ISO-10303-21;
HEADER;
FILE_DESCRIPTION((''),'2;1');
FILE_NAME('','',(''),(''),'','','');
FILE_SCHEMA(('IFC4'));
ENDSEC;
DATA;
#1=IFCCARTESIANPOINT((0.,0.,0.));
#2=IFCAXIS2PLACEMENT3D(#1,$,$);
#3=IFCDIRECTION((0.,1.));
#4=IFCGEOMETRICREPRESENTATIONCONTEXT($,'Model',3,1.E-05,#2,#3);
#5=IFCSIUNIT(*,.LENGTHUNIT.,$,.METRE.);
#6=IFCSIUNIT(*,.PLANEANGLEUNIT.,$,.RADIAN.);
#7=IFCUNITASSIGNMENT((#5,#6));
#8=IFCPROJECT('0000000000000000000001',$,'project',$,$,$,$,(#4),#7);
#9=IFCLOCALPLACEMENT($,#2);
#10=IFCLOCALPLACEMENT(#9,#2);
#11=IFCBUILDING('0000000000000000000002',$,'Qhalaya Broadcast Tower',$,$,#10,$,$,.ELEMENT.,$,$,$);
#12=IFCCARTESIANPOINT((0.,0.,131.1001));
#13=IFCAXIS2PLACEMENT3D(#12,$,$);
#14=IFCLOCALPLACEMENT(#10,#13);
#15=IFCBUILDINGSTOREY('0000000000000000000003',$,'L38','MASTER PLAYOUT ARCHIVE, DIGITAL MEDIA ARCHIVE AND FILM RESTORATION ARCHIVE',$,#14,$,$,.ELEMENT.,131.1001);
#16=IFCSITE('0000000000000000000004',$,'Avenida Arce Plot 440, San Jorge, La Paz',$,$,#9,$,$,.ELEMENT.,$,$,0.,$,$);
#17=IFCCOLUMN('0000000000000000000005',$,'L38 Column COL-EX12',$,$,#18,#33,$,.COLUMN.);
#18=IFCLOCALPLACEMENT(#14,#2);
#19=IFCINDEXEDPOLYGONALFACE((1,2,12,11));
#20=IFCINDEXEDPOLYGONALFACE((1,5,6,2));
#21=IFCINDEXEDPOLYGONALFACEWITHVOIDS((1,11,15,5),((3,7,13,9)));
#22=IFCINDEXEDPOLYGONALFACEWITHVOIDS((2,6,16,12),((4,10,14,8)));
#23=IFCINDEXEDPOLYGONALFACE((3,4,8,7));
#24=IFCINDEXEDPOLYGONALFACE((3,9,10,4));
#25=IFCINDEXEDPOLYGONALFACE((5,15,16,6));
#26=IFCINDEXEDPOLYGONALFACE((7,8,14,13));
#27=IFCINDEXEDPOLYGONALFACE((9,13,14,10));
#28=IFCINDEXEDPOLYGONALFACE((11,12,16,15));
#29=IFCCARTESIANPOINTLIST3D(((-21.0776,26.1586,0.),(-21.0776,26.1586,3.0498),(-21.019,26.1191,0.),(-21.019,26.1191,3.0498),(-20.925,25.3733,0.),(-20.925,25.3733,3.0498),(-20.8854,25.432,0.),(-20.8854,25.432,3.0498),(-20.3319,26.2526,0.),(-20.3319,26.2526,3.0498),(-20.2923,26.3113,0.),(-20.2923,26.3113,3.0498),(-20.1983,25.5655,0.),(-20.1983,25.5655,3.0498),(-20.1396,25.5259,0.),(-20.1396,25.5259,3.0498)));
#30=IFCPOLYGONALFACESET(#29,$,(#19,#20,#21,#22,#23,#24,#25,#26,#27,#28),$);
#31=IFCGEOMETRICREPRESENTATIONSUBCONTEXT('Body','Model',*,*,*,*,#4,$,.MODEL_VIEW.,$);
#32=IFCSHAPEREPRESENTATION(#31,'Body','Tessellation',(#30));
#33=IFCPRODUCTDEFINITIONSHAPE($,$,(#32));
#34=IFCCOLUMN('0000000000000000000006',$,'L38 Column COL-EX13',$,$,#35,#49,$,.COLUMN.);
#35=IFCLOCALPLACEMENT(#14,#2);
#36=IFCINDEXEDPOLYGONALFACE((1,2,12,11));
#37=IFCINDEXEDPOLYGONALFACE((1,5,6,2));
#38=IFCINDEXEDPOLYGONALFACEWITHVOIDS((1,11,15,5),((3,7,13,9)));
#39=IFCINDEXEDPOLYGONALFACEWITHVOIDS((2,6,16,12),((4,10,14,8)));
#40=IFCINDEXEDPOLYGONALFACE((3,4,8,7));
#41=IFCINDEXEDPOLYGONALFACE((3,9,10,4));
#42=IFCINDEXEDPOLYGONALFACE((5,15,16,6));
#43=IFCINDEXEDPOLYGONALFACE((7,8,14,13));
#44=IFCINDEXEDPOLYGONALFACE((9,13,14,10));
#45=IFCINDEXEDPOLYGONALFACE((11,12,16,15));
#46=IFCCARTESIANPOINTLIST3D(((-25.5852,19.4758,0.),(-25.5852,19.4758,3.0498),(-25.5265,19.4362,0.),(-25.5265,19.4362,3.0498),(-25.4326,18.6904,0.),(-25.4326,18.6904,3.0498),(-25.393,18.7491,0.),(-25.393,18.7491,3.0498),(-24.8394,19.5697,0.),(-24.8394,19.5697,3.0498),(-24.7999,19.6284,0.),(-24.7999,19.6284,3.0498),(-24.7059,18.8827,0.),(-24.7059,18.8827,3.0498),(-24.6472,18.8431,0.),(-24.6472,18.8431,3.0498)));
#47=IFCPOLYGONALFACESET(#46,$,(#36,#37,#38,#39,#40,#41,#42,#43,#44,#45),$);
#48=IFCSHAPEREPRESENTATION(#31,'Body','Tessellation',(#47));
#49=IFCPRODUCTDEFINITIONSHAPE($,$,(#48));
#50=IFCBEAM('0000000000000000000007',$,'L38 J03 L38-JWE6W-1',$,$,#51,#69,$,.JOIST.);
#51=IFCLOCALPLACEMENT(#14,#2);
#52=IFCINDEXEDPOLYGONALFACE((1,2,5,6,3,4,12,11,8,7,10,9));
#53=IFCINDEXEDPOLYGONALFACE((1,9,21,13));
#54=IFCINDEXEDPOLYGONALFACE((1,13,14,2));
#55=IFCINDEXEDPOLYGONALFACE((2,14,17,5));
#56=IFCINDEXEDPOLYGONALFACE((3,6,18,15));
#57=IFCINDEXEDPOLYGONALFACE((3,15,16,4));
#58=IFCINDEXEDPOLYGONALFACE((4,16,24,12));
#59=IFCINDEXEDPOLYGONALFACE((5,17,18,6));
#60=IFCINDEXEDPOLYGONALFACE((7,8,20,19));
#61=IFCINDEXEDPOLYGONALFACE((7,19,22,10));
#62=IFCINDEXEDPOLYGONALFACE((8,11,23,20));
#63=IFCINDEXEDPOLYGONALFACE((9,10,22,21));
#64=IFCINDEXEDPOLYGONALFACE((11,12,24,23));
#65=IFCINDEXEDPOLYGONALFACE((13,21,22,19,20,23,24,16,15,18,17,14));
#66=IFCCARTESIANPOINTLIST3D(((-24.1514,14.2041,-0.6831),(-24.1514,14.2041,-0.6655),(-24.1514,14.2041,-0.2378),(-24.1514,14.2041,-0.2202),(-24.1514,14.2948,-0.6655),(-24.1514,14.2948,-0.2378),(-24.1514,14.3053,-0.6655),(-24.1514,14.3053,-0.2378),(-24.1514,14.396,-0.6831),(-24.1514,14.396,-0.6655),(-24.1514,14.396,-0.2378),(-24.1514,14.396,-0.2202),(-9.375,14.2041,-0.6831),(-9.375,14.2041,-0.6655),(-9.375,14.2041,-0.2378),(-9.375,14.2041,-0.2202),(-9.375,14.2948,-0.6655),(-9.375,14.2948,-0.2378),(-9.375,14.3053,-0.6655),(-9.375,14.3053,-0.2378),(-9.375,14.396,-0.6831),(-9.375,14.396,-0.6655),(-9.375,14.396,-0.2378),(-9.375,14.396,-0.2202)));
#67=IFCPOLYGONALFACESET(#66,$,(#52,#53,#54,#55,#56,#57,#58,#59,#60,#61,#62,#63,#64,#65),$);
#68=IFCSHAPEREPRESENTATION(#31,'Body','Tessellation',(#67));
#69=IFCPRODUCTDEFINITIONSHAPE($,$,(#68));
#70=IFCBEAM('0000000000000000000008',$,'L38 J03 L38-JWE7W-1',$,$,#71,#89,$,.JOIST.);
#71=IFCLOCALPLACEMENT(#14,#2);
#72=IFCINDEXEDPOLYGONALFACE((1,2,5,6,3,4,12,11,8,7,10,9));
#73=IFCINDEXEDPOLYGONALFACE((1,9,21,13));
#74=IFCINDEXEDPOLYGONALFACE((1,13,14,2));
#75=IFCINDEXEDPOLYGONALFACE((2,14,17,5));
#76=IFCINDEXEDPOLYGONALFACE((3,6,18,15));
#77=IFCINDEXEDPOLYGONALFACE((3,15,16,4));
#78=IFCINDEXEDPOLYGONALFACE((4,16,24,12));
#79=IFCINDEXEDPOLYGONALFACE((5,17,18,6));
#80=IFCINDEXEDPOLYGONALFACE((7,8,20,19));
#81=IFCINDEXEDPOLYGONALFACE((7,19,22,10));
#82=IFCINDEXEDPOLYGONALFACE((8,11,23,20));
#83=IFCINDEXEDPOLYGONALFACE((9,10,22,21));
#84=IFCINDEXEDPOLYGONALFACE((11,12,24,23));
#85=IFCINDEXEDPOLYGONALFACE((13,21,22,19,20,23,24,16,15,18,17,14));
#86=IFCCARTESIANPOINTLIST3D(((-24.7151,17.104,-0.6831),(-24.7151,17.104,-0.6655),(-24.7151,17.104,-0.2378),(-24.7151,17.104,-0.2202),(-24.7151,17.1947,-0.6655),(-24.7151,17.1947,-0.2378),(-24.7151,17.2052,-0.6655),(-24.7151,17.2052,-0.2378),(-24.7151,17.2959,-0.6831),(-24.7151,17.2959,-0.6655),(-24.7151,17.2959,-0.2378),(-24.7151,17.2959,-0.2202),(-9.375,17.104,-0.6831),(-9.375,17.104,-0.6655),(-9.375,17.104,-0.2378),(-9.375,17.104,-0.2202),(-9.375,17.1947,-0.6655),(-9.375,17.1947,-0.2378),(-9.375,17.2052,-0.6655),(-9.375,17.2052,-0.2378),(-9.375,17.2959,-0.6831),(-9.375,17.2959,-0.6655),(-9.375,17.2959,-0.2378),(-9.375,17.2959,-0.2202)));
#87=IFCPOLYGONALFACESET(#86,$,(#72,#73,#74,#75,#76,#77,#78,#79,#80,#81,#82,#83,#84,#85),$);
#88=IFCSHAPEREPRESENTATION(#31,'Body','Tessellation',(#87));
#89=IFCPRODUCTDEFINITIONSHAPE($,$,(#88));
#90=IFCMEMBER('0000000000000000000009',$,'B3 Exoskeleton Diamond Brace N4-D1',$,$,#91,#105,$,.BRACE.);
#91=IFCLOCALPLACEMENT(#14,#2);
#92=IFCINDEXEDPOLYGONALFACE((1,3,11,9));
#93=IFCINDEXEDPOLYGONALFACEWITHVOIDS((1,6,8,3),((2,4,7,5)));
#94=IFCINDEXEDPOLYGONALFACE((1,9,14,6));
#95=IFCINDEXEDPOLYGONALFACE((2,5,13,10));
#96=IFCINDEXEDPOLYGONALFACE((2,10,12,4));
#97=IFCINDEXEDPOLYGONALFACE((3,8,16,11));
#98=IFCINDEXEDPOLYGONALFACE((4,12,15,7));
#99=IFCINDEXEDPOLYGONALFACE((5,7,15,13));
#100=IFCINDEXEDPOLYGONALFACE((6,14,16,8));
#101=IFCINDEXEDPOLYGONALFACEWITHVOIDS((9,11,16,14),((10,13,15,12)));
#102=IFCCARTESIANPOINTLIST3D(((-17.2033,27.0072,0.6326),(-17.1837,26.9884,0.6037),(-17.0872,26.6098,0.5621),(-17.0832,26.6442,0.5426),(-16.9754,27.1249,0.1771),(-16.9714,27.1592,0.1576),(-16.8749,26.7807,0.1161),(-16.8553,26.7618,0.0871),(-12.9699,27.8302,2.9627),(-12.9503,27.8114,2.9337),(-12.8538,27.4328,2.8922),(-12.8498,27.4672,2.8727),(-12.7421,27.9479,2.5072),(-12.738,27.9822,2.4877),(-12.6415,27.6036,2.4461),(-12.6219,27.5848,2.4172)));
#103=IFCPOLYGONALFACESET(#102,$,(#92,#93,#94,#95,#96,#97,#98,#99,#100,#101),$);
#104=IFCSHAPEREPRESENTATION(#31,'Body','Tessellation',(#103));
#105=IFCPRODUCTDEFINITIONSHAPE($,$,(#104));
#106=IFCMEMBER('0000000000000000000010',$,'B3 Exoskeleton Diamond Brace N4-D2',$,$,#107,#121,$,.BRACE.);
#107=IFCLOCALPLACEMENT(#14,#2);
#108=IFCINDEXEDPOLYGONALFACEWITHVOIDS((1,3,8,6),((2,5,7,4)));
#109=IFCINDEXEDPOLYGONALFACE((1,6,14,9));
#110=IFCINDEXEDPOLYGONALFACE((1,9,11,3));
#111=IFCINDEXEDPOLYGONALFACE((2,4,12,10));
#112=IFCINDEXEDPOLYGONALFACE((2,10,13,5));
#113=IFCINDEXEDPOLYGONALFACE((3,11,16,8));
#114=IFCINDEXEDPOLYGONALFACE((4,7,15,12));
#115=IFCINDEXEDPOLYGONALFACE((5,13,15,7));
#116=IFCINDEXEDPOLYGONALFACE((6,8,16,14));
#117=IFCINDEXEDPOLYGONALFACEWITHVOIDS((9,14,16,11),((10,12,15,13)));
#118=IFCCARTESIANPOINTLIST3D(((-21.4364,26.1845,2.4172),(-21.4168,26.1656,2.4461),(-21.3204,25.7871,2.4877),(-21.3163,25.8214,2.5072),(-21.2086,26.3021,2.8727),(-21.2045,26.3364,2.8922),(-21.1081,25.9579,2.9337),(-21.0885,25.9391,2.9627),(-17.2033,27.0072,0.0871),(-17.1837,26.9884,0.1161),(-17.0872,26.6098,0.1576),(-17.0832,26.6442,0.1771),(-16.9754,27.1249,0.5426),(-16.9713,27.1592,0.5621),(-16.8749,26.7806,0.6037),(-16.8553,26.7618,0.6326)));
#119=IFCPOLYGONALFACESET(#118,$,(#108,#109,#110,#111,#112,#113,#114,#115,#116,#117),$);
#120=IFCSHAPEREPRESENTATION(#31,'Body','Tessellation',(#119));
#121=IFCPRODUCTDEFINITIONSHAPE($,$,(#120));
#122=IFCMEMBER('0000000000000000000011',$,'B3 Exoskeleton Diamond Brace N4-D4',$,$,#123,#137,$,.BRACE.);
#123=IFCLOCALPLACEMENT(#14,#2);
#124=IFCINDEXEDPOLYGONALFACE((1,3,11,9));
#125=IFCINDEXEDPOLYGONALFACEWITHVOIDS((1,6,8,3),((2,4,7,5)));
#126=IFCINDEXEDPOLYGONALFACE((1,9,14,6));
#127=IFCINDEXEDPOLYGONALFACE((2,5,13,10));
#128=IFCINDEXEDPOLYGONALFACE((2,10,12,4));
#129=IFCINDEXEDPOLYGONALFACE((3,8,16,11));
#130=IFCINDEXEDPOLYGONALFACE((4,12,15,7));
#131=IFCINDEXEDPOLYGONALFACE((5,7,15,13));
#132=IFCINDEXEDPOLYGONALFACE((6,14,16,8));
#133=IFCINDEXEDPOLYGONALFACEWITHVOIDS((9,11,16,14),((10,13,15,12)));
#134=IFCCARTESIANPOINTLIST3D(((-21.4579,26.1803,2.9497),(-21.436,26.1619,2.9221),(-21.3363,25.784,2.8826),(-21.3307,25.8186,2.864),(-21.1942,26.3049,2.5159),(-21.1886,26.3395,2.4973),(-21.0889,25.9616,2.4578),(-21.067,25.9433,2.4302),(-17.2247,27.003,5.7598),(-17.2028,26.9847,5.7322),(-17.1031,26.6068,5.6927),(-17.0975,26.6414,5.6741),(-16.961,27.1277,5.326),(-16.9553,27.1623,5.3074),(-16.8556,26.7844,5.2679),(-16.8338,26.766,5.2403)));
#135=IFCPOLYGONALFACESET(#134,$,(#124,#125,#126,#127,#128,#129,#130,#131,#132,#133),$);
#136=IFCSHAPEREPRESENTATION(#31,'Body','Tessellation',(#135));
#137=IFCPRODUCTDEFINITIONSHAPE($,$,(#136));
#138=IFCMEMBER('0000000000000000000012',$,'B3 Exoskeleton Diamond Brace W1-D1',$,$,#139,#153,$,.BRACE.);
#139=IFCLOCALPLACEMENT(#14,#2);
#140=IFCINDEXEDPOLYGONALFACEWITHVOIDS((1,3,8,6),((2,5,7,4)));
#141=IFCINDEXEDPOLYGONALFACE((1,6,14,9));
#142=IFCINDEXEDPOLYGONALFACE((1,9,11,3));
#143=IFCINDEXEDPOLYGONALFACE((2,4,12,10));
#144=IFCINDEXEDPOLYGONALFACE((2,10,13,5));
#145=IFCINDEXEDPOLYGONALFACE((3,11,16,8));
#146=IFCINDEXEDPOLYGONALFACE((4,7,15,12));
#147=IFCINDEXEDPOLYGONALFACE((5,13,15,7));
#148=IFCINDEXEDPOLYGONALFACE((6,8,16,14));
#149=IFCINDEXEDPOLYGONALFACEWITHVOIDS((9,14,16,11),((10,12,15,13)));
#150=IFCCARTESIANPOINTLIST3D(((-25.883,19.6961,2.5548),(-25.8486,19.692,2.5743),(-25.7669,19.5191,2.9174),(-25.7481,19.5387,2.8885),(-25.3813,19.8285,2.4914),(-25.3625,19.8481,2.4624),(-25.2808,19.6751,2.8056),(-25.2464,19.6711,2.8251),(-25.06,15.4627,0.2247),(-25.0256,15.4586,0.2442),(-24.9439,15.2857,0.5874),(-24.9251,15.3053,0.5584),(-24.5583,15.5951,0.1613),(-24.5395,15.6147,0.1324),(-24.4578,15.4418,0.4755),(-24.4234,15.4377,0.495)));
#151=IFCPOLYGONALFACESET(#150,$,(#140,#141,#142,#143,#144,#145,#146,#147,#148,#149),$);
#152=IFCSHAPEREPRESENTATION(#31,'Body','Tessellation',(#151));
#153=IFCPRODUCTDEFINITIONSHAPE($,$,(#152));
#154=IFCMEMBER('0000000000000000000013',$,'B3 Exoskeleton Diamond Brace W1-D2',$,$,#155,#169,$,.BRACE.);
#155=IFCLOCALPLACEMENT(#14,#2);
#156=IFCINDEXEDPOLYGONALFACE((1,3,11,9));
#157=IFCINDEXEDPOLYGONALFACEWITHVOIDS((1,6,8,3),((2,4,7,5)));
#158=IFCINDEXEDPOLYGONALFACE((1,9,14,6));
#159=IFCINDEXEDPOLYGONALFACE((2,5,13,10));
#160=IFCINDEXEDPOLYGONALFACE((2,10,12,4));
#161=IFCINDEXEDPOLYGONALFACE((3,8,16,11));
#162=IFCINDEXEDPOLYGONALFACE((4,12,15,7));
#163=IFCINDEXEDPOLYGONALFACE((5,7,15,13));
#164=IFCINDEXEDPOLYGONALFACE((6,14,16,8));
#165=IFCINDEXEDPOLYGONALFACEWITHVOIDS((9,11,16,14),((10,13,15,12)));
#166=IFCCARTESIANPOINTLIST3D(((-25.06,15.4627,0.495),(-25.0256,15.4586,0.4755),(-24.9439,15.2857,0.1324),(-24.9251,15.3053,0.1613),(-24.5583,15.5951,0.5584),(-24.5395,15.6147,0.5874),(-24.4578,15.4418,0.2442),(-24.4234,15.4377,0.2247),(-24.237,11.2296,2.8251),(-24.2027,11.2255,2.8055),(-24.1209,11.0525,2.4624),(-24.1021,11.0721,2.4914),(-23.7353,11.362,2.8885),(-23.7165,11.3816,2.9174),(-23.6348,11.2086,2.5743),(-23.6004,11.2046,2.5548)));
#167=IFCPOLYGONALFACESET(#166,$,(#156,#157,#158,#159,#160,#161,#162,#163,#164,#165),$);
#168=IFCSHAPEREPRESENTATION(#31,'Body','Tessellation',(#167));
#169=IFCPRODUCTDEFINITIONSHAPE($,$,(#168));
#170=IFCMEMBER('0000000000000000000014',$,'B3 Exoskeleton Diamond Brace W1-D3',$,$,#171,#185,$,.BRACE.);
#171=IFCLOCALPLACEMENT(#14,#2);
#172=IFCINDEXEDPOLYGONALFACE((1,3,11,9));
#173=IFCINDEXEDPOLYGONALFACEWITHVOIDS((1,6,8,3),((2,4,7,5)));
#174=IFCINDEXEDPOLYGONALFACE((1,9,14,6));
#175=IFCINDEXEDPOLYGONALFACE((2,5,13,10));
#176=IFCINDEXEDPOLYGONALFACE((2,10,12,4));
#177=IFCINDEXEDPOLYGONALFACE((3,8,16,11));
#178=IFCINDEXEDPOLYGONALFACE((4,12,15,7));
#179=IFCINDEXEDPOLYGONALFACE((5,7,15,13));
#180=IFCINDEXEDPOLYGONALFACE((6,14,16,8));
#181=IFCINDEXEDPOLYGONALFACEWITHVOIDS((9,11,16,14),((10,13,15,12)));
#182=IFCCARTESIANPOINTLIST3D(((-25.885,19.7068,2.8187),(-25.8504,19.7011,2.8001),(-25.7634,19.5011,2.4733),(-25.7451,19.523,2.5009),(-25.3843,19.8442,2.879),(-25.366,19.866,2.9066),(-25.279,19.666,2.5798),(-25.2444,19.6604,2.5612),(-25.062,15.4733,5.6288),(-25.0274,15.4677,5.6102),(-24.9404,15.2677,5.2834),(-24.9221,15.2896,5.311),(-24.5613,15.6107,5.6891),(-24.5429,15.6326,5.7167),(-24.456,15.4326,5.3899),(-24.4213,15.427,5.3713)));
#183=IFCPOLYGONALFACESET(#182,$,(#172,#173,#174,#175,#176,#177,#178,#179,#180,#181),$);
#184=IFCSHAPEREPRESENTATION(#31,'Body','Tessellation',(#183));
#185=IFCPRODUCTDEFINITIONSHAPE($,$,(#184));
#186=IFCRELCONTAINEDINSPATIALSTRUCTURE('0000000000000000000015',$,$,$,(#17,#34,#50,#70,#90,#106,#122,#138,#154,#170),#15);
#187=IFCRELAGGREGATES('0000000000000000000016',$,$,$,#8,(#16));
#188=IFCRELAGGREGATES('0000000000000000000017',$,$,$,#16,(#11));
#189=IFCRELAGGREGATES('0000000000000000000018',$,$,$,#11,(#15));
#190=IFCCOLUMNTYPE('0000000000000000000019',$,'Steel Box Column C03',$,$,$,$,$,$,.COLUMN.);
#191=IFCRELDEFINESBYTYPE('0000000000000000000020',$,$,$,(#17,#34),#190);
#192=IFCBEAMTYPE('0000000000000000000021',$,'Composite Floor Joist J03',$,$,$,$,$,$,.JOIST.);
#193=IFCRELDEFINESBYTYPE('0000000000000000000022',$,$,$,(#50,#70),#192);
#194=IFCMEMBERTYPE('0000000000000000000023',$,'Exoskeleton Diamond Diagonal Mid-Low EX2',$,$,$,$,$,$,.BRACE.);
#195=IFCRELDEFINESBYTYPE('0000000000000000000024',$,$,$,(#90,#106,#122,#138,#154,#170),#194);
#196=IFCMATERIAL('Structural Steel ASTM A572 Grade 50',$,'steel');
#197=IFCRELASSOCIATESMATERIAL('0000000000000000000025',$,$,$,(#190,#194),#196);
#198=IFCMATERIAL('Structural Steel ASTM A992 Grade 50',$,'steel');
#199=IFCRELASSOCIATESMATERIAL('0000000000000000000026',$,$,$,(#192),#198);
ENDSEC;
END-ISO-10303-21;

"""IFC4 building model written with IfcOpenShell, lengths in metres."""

from ifc_helpers import new_model, si_unit, direction, frame, origin, origin_2d, place, context, subcontext, project, spatial, hollow_rectangle, i_section, extrude, material, material_profile, profile_set, type_object, element, save


model = new_model("IFC4")

# Units and contexts
model_context = context("Model", 3, precision=1e-05, world=origin(), true_north=direction((0.0, 1.0)))
body_context = subcontext(model_context, "Body", "Model", "MODEL_VIEW")
ifc_project = project(units=[si_unit("LENGTHUNIT", "METRE"), si_unit("PLANEANGLEUNIT", "RADIAN")], contexts=[model_context])

# Site, building, storey
site_placement = place(None, origin())
site = spatial("IfcSite", under=ifc_project, at=site_placement, Name="Avenida Arce Plot 440, San Jorge, La Paz", CompositionType="ELEMENT", RefElevation=0.0)
building_placement = place(site_placement, origin())
building = spatial("IfcBuilding", under=site, at=building_placement, Name="Qhalaya Broadcast Tower", CompositionType="ELEMENT")
storey_placement = place(building_placement, frame((0.0, 0.0, 131.1001)))
storey = spatial("IfcBuildingStorey", under=building, at=storey_placement, Name="L38", Description="MASTER PLAYOUT ARCHIVE, DIGITAL MEDIA ARCHIVE AND FILM RESTORATION ARCHIVE", CompositionType="ELEMENT", Elevation=131.1001)

# Columns
ifc_material_1 = material(Name="Structural Steel ASTM A572 Grade 50", Category="steel")
ifc_material_profile_1 = material_profile(ifc_material_1, hollow_rectangle(XDim=0.8, YDim=0.8, WallThickness=0.05, at=origin_2d()), Name="BOX 800x800x50")
ifc_profile_set_1 = profile_set([ifc_material_profile_1], Name="Structural Steel ASTM A572 Grade 50")
column_type = type_object("IfcColumnType", Name="Steel Box Column C03", PredefinedType="COLUMN", material=ifc_profile_set_1)
for number, where, z_axis, x_axis, name in (
    (1, (-20.6086, 25.8423, 0.0), (0.0, 0.0, 1.0), (0.981627, 0.190809, 0.0), "L38 Column COL-EX12"),
    (2, (-25.1162, 19.1594, 0.0), (0.0, 0.0, 1.0), (-0.190809, 0.981627, 0.0), "L38 Column COL-EX13"),
):
    element("IfcColumn", number, at=place(storey_placement, frame(where, z_axis=z_axis, x_axis=x_axis)), inside=storey, type_object=column_type, Name=name, PredefinedType="COLUMN", context=body_context, shape_type="SweptSolid", body=[
        extrude(hollow_rectangle(XDim=0.8, YDim=0.8, WallThickness=0.05, at=origin_2d()), origin(), (0.0, 0.0, 1.0), 3.0498),
    ])

# Beams
ifc_material_2 = material(Name="Structural Steel ASTM A992 Grade 50", Category="steel")
ifc_material_profile_2 = material_profile(ifc_material_2, i_section(OverallWidth=0.1919, OverallDepth=0.4629, WebThickness=0.0105, FlangeThickness=0.0176, at=origin_2d()), Name="W18X60")
ifc_profile_set_2 = profile_set([ifc_material_profile_2], Name="Structural Steel ASTM A992 Grade 50")
beam_type_1 = type_object("IfcBeamType", Name="Composite Floor Joist J03", PredefinedType="JOIST", material=ifc_profile_set_2)
beam_1_placement = place(storey_placement, frame((-24.1514, 14.3, -0.4517), z_axis=(1.0, 0.0, 0.0), x_axis=(0.0, 1.0, 0.0)))
element("IfcBeam", 3, at=beam_1_placement, inside=storey, type_object=beam_type_1, Name="L38 J03 L38-JWE6W-1", PredefinedType="JOIST", context=body_context, shape_type="SweptSolid", body=[
    extrude(i_section(OverallWidth=0.1919, OverallDepth=0.4629, WebThickness=0.0105, FlangeThickness=0.0176, at=origin_2d()), origin(), (0.0, 0.0, 1.0), 14.7764),
])
beam_2_placement = place(storey_placement, frame((-24.7151, 17.2, -0.4517), z_axis=(1.0, 0.0, 0.0), x_axis=(0.0, 1.0, 0.0)))
element("IfcBeam", 4, at=beam_2_placement, inside=storey, type_object=beam_type_1, Name="L38 J03 L38-JWE7W-1", PredefinedType="JOIST", context=body_context, shape_type="SweptSolid", body=[
    extrude(i_section(OverallWidth=0.1919, OverallDepth=0.4629, WebThickness=0.0105, FlangeThickness=0.0176, at=origin_2d()), origin(), (0.0, 0.0, 1.0), 15.3401),
])

# Members
ifc_material_profile_3 = material_profile(ifc_material_1, hollow_rectangle(XDim=0.4199, YDim=0.55, WallThickness=0.0281, at=origin_2d()), Name="BOX 420x550x28")
ifc_profile_set_3 = profile_set([ifc_material_profile_3], Name="Structural Steel ASTM A572 Grade 50")
member_type = type_object("IfcMemberType", Name="Exoskeleton Diamond Diagonal Mid-Low EX2", PredefinedType="BRACE", material=ifc_profile_set_3)
member_1_placement = place(storey_placement, frame((-17.0293, 26.8845, 0.3599), z_axis=(0.863631, 0.167895, 0.475346), x_axis=(-0.276361, 0.946279, 0.167874)))
element("IfcMember", 5, at=member_1_placement, inside=storey, type_object=member_type, Name="B3 Exoskeleton Diamond Brace N4-D1", PredefinedType="BRACE", context=body_context, shape_type="SweptSolid", body=[
    extrude(hollow_rectangle(XDim=0.4199, YDim=0.55, WallThickness=0.0281, at=origin_2d()), origin(), (0.0, 0.0, 1.0), 4.9019),
])
member_2_placement = place(storey_placement, frame((-17.0293, 26.8845, 0.3599), z_axis=(-0.863625, -0.167854, 0.47537), x_axis=(0.276323, -0.94629, 0.167871)))
element("IfcMember", 6, at=member_2_placement, inside=storey, type_object=member_type, Name="B3 Exoskeleton Diamond Brace N4-D2", PredefinedType="BRACE", context=body_context, shape_type="SweptSolid", body=[
    extrude(hollow_rectangle(XDim=0.4199, YDim=0.55, WallThickness=0.0281, at=origin_2d()), origin(), (0.0, 0.0, 1.0), 4.9016),
])
member_3_placement = place(storey_placement, frame((-21.2625, 26.0618, 2.6899), z_axis=(0.82243, 0.159847, 0.545947), x_axis=(-0.289542, 0.943721, 0.159864)))
element("IfcMember", 7, at=member_3_placement, inside=storey, type_object=member_type, Name="B3 Exoskeleton Diamond Brace N4-D4", PredefinedType="BRACE", context=body_context, shape_type="SweptSolid", body=[
    extrude(hollow_rectangle(XDim=0.4199, YDim=0.55, WallThickness=0.0281, at=origin_2d()), origin(), (0.0, 0.0, 1.0), 5.1472),
])
member_4_placement = place(storey_placement, frame((-24.7417, 15.4502, 0.3599), z_axis=(-0.167895, 0.863631, 0.475346), x_axis=(0.276348, -0.421624, 0.863635)))
element("IfcMember", 8, at=member_4_placement, inside=storey, type_object=member_type, Name="B3 Exoskeleton Diamond Brace W1-D1", PredefinedType="BRACE", context=body_context, shape_type="SweptSolid", body=[
    extrude(hollow_rectangle(XDim=0.4199, YDim=0.55, WallThickness=0.0281, at=origin_2d()), origin(), (0.0, 0.0, 1.0), 4.9019),
])
member_5_placement = place(storey_placement, frame((-24.7417, 15.4502, 0.3599), z_axis=(0.167902, -0.863618, 0.475366), x_axis=(-0.276356, 0.421641, 0.863624)))
element("IfcMember", 9, at=member_5_placement, inside=storey, type_object=member_type, Name="B3 Exoskeleton Diamond Brace W1-D2", PredefinedType="BRACE", context=body_context, shape_type="SweptSolid", body=[
    extrude(hollow_rectangle(XDim=0.4199, YDim=0.55, WallThickness=0.0281, at=origin_2d()), origin(), (0.0, 0.0, 1.0), 4.9016),
])
member_6_placement = place(storey_placement, frame((-25.5647, 19.6836, 2.6899), z_axis=(0.159887, -0.822439, 0.545921), x_axis=(-0.289568, 0.48963, 0.822443)))
element("IfcMember", 10, at=member_6_placement, inside=storey, type_object=member_type, Name="B3 Exoskeleton Diamond Brace W1-D3", PredefinedType="BRACE", context=body_context, shape_type="SweptSolid", body=[
    extrude(hollow_rectangle(XDim=0.4199, YDim=0.55, WallThickness=0.0281, at=origin_2d()), origin(), (0.0, 0.0, 1.0), 5.1475),
])

save(model, "model.ifc")
